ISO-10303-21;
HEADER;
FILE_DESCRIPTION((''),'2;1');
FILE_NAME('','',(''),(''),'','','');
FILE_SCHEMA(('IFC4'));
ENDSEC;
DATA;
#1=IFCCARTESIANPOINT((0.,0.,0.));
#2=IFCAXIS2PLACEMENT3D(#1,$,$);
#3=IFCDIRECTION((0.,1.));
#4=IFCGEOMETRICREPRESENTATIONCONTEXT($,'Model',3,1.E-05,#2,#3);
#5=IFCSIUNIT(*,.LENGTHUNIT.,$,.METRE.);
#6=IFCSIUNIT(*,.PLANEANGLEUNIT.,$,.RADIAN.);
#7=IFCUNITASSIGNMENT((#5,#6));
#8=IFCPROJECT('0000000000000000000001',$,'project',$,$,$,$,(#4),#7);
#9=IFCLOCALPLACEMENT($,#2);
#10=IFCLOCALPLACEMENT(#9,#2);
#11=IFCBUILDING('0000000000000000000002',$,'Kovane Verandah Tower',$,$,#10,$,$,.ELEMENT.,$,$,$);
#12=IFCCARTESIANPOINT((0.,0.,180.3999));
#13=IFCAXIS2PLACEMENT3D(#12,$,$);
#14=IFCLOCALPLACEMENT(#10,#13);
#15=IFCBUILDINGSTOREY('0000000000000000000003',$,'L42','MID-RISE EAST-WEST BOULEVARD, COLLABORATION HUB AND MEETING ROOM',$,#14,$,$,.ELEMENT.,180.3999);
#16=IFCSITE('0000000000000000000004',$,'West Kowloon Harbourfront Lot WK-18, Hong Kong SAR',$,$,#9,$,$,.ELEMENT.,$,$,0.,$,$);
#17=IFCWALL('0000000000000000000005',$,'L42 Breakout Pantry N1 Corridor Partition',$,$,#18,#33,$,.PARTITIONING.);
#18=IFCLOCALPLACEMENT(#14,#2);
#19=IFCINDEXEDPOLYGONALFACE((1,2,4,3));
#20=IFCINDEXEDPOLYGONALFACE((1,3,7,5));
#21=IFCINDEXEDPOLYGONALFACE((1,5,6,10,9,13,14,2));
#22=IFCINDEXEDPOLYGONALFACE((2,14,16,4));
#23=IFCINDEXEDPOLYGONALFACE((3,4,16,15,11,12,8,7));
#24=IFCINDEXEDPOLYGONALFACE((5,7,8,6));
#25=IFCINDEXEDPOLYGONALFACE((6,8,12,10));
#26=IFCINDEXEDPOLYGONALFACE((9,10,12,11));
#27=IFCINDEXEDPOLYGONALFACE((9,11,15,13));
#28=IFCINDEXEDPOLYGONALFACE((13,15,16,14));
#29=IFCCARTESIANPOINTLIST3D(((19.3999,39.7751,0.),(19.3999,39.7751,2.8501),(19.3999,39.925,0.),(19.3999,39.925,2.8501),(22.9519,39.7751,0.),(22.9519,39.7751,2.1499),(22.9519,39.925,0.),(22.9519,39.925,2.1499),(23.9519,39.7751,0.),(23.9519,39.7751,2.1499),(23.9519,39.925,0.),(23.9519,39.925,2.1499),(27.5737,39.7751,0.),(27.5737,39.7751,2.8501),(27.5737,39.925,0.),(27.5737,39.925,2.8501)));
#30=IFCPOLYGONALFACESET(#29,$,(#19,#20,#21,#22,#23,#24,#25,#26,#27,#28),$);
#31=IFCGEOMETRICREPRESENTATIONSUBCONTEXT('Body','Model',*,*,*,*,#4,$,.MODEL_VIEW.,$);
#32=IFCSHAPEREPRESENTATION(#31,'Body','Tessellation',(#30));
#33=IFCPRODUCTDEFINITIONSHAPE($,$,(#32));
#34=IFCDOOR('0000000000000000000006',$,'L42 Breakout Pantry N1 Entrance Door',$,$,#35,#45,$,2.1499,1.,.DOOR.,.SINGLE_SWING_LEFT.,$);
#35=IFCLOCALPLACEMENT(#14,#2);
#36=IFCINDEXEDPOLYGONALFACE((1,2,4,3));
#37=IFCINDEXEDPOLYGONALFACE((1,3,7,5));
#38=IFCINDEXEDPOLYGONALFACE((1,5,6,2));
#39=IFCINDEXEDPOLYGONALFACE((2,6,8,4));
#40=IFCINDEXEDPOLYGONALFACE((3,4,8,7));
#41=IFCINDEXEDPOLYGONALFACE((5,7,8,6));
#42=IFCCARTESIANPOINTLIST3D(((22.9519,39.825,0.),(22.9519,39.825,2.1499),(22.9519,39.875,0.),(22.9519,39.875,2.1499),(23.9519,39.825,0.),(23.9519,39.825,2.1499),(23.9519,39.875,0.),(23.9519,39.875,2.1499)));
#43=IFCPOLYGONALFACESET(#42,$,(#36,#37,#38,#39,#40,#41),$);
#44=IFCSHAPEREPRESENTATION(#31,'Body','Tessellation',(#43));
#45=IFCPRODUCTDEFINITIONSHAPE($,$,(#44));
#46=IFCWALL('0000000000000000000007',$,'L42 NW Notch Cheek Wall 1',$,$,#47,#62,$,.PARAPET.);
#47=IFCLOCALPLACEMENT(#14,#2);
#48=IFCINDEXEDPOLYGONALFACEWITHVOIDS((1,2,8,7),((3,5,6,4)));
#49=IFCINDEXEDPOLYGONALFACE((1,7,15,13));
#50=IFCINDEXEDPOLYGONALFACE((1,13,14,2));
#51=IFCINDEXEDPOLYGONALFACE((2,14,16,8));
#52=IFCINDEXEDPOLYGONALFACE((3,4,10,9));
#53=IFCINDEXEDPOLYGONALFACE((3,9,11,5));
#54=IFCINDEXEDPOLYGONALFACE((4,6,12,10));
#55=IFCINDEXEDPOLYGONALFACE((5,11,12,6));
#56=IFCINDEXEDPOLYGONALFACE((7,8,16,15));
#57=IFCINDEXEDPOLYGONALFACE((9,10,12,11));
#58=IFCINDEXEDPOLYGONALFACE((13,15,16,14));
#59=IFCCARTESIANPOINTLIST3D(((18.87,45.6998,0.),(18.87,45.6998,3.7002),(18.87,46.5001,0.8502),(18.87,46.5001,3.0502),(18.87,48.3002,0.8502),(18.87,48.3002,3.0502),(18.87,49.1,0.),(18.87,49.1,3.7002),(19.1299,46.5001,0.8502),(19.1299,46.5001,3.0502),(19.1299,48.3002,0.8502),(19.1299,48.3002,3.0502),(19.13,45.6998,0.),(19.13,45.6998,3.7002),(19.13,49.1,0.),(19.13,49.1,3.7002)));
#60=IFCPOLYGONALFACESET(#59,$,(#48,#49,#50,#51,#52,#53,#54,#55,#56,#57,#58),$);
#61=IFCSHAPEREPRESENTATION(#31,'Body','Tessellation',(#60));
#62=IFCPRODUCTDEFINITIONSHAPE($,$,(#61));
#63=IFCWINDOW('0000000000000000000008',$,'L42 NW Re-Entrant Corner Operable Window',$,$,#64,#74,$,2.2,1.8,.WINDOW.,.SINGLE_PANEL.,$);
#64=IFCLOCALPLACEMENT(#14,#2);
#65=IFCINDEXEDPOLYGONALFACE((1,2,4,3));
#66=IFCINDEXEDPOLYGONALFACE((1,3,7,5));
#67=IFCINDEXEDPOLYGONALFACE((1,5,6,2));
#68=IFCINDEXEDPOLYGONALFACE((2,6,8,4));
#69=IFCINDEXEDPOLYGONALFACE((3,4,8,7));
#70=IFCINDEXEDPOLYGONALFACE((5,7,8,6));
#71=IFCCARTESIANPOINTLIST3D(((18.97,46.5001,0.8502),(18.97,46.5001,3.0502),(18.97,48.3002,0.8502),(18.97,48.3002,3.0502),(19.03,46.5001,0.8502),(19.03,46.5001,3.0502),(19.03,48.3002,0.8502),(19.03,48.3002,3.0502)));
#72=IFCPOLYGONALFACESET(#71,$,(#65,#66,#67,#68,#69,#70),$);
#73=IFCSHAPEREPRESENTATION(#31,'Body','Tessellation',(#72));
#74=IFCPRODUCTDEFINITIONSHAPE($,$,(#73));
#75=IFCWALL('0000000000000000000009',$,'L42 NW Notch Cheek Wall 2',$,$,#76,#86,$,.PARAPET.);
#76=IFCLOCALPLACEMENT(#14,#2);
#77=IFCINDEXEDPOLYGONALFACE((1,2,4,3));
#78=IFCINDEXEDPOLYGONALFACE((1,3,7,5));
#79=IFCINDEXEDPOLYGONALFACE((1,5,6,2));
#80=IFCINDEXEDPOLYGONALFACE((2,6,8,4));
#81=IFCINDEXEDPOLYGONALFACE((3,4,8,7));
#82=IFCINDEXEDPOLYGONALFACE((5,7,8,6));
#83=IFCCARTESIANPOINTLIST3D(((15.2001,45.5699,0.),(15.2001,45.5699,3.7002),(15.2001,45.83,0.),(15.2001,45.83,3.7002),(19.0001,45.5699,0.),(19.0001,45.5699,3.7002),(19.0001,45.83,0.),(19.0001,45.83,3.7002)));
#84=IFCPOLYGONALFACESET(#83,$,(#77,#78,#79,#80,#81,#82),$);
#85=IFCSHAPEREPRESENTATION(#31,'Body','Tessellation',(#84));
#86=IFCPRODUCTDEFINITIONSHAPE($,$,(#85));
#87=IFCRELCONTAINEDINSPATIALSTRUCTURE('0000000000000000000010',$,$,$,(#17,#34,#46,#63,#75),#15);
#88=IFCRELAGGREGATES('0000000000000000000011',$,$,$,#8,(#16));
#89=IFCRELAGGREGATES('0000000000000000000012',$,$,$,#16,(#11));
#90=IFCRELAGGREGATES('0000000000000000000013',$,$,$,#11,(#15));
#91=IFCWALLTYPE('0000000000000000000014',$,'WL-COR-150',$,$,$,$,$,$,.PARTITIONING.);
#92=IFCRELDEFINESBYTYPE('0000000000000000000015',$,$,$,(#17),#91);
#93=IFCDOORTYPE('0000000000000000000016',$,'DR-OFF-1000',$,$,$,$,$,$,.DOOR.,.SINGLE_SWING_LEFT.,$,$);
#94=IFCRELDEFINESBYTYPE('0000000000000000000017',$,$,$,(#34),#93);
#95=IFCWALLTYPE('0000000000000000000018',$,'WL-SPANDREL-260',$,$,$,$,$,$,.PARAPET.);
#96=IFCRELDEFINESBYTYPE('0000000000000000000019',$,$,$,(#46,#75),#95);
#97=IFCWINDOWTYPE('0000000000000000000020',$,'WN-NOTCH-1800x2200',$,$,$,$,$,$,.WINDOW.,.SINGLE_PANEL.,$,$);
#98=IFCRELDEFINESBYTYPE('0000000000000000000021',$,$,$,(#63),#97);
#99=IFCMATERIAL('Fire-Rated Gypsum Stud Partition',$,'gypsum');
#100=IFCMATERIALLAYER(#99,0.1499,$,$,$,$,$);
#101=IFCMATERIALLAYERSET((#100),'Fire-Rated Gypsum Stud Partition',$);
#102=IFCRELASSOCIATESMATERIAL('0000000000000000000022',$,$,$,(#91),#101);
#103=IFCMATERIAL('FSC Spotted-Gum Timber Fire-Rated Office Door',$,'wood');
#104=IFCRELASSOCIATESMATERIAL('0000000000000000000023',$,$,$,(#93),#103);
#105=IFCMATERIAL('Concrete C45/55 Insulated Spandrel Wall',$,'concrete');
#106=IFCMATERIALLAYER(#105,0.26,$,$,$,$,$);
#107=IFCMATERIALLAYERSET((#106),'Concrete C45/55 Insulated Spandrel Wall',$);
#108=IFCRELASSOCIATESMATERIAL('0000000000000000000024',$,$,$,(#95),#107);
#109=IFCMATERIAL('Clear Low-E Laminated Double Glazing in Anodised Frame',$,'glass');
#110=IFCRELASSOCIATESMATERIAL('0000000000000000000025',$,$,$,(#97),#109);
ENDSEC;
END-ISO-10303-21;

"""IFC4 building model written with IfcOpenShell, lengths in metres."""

from ifc_helpers import new_model, si_unit, direction, frame, frame_2d, origin, place, context, subcontext, project, spatial, rectangle, extrude, material, layer, layer_set, type_object, element, fill, save


model = new_model("IFC4")

# Units and contexts
model_context = context("Model", 3, precision=1e-05, world=origin(), true_north=direction((0.0, 1.0)))
body_context = subcontext(model_context, "Body", "Model", "MODEL_VIEW")
ifc_project = project(units=[si_unit("LENGTHUNIT", "METRE"), si_unit("PLANEANGLEUNIT", "RADIAN")], contexts=[model_context])

# Site, building, storey
site_placement = place(None, origin())
site = spatial("IfcSite", under=ifc_project, at=site_placement, Name="West Kowloon Harbourfront Lot WK-18, Hong Kong SAR", CompositionType="ELEMENT", RefElevation=0.0)
building_placement = place(site_placement, origin())
building = spatial("IfcBuilding", under=site, at=building_placement, Name="Kovane Verandah Tower", CompositionType="ELEMENT")
storey_placement = place(building_placement, frame((0.0, 0.0, 180.3999)))
storey = spatial("IfcBuildingStorey", under=building, at=storey_placement, Name="L42", Description="MID-RISE EAST-WEST BOULEVARD, COLLABORATION HUB AND MEETING ROOM", CompositionType="ELEMENT", Elevation=180.3999)

# Wall, opening, door
ifc_material_1 = material(Name="Fire-Rated Gypsum Stud Partition", Category="gypsum")
ifc_layer_1 = layer(ifc_material_1, 0.1499)
ifc_layer_set_1 = layer_set([ifc_layer_1], Name="Fire-Rated Gypsum Stud Partition")
wall_type_1 = type_object("IfcWallType", Name="WL-COR-150", PredefinedType="PARTITIONING", material=ifc_layer_set_1)
wall_1_placement = place(storey_placement, frame((19.3999, 39.8501, 0.0), z_axis=(0.0, 0.0, 1.0), x_axis=(1.0, 0.0, 0.0)))
wall_1 = element("IfcWall", 1, at=wall_1_placement, inside=storey, type_object=wall_type_1, Name="L42 Breakout Pantry N1 Corridor Partition", PredefinedType="PARTITIONING", context=body_context, shape_type="SweptSolid", body=[
    extrude(rectangle(XDim=8.1738, YDim=0.1499, at=frame_2d((4.0869, 0.0))), origin(), (0.0, 0.0, 1.0), 2.8501),
])
opening_1_placement = place(wall_1_placement, frame((3.552, 0.0, 0.0)))
opening_1 = element("IfcOpeningElement", 2, at=opening_1_placement, cuts=wall_1, PredefinedType="OPENING", context=body_context, shape_type="SweptSolid", body=[
    extrude(rectangle(XDim=1.0, YDim=2.1499, at=frame_2d((0.5, 1.075))), frame((0.0, 0.075, 0.0), z_axis=(0.0, -1.0, 0.0), x_axis=(1.0, 0.0, 0.0)), (0.0, 0.0, 1.0), 0.1499),
])
ifc_material_2 = material(Name="FSC Spotted-Gum Timber Fire-Rated Office Door", Category="wood")
door_type = type_object("IfcDoorType", Name="DR-OFF-1000", OperationType="SINGLE_SWING_LEFT", PredefinedType="DOOR", material=ifc_material_2)
door_placement = place(opening_1_placement, origin())
door = element("IfcDoor", 3, at=door_placement, inside=storey, type_object=door_type, Name="L42 Breakout Pantry N1 Entrance Door", OperationType="SINGLE_SWING_LEFT", OverallHeight=2.1499, OverallWidth=1.0, PredefinedType="DOOR", context=body_context, shape_type="SweptSolid", body=[
    extrude(rectangle(XDim=1.0, YDim=2.1499, at=frame_2d((0.5, 1.075))), frame((0.0, 0.0249, 0.0), z_axis=(0.0, -1.0, 0.0), x_axis=(1.0, 0.0, 0.0)), (0.0, 0.0, 1.0), 0.05),
])
fill(opening_1, door)

# Wall, opening, window
ifc_material_3 = material(Name="Concrete C45/55 Insulated Spandrel Wall", Category="concrete")
ifc_layer_2 = layer(ifc_material_3, 0.26)
ifc_layer_set_2 = layer_set([ifc_layer_2], Name="Concrete C45/55 Insulated Spandrel Wall")
wall_type_2 = type_object("IfcWallType", Name="WL-SPANDREL-260", PredefinedType="PARAPET", material=ifc_layer_set_2)
wall_2_placement = place(storey_placement, frame((19.0, 49.1001, 0.0), z_axis=(0.0, 0.0, 1.0), x_axis=(0.0, -1.0, 0.0)))
wall_2 = element("IfcWall", 4, at=wall_2_placement, inside=storey, type_object=wall_type_2, Name="L42 NW Notch Cheek Wall 1", PredefinedType="PARAPET", context=body_context, shape_type="SweptSolid", body=[
    extrude(rectangle(XDim=3.4001, YDim=0.26, at=frame_2d((1.7002, 0.0))), origin(), (0.0, 0.0, 1.0), 3.7002),
])
opening_2_placement = place(wall_2_placement, frame((0.8, 0.0, 0.8501)))
opening_2 = element("IfcOpeningElement", 5, at=opening_2_placement, cuts=wall_2, PredefinedType="OPENING", context=body_context, shape_type="SweptSolid", body=[
    extrude(rectangle(XDim=1.8, YDim=2.2, at=frame_2d((0.8999, 1.1001))), frame((0.0, 0.1299, 0.0), z_axis=(0.0, -1.0, 0.0), x_axis=(1.0, 0.0, 0.0)), (0.0, 0.0, 1.0), 0.26),
])
ifc_material_4 = material(Name="Clear Low-E Laminated Double Glazing in Anodised Frame", Category="glass")
window_type = type_object("IfcWindowType", Name="WN-NOTCH-1800x2200", PartitioningType="SINGLE_PANEL", PredefinedType="WINDOW", material=ifc_material_4)
window_placement = place(opening_2_placement, origin())
window = element("IfcWindow", 6, at=window_placement, inside=storey, type_object=window_type, Name="L42 NW Re-Entrant Corner Operable Window", OverallHeight=2.2, OverallWidth=1.8, PartitioningType="SINGLE_PANEL", PredefinedType="WINDOW", context=body_context, shape_type="SweptSolid", body=[
    extrude(rectangle(XDim=1.8, YDim=2.2, at=frame_2d((0.8999, 1.1001))), frame((0.0, 0.03, 0.0), z_axis=(0.0, -1.0, 0.0), x_axis=(1.0, 0.0, 0.0)), (0.0, 0.0, 1.0), 0.0601),
])
fill(opening_2, window)

# Wall
wall_3_placement = place(storey_placement, frame((19.0, 45.7, 0.0), z_axis=(0.0, 0.0, 1.0), x_axis=(-1.0, 0.0, 0.0)))
element("IfcWall", 7, at=wall_3_placement, inside=storey, type_object=wall_type_2, Name="L42 NW Notch Cheek Wall 2", PredefinedType="PARAPET", context=body_context, shape_type="SweptSolid", body=[
    extrude(rectangle(XDim=3.8, YDim=0.26, at=frame_2d((1.8999, 0.0))), origin(), (0.0, 0.0, 1.0), 3.7002),
])

save(model, "model.ifc")
